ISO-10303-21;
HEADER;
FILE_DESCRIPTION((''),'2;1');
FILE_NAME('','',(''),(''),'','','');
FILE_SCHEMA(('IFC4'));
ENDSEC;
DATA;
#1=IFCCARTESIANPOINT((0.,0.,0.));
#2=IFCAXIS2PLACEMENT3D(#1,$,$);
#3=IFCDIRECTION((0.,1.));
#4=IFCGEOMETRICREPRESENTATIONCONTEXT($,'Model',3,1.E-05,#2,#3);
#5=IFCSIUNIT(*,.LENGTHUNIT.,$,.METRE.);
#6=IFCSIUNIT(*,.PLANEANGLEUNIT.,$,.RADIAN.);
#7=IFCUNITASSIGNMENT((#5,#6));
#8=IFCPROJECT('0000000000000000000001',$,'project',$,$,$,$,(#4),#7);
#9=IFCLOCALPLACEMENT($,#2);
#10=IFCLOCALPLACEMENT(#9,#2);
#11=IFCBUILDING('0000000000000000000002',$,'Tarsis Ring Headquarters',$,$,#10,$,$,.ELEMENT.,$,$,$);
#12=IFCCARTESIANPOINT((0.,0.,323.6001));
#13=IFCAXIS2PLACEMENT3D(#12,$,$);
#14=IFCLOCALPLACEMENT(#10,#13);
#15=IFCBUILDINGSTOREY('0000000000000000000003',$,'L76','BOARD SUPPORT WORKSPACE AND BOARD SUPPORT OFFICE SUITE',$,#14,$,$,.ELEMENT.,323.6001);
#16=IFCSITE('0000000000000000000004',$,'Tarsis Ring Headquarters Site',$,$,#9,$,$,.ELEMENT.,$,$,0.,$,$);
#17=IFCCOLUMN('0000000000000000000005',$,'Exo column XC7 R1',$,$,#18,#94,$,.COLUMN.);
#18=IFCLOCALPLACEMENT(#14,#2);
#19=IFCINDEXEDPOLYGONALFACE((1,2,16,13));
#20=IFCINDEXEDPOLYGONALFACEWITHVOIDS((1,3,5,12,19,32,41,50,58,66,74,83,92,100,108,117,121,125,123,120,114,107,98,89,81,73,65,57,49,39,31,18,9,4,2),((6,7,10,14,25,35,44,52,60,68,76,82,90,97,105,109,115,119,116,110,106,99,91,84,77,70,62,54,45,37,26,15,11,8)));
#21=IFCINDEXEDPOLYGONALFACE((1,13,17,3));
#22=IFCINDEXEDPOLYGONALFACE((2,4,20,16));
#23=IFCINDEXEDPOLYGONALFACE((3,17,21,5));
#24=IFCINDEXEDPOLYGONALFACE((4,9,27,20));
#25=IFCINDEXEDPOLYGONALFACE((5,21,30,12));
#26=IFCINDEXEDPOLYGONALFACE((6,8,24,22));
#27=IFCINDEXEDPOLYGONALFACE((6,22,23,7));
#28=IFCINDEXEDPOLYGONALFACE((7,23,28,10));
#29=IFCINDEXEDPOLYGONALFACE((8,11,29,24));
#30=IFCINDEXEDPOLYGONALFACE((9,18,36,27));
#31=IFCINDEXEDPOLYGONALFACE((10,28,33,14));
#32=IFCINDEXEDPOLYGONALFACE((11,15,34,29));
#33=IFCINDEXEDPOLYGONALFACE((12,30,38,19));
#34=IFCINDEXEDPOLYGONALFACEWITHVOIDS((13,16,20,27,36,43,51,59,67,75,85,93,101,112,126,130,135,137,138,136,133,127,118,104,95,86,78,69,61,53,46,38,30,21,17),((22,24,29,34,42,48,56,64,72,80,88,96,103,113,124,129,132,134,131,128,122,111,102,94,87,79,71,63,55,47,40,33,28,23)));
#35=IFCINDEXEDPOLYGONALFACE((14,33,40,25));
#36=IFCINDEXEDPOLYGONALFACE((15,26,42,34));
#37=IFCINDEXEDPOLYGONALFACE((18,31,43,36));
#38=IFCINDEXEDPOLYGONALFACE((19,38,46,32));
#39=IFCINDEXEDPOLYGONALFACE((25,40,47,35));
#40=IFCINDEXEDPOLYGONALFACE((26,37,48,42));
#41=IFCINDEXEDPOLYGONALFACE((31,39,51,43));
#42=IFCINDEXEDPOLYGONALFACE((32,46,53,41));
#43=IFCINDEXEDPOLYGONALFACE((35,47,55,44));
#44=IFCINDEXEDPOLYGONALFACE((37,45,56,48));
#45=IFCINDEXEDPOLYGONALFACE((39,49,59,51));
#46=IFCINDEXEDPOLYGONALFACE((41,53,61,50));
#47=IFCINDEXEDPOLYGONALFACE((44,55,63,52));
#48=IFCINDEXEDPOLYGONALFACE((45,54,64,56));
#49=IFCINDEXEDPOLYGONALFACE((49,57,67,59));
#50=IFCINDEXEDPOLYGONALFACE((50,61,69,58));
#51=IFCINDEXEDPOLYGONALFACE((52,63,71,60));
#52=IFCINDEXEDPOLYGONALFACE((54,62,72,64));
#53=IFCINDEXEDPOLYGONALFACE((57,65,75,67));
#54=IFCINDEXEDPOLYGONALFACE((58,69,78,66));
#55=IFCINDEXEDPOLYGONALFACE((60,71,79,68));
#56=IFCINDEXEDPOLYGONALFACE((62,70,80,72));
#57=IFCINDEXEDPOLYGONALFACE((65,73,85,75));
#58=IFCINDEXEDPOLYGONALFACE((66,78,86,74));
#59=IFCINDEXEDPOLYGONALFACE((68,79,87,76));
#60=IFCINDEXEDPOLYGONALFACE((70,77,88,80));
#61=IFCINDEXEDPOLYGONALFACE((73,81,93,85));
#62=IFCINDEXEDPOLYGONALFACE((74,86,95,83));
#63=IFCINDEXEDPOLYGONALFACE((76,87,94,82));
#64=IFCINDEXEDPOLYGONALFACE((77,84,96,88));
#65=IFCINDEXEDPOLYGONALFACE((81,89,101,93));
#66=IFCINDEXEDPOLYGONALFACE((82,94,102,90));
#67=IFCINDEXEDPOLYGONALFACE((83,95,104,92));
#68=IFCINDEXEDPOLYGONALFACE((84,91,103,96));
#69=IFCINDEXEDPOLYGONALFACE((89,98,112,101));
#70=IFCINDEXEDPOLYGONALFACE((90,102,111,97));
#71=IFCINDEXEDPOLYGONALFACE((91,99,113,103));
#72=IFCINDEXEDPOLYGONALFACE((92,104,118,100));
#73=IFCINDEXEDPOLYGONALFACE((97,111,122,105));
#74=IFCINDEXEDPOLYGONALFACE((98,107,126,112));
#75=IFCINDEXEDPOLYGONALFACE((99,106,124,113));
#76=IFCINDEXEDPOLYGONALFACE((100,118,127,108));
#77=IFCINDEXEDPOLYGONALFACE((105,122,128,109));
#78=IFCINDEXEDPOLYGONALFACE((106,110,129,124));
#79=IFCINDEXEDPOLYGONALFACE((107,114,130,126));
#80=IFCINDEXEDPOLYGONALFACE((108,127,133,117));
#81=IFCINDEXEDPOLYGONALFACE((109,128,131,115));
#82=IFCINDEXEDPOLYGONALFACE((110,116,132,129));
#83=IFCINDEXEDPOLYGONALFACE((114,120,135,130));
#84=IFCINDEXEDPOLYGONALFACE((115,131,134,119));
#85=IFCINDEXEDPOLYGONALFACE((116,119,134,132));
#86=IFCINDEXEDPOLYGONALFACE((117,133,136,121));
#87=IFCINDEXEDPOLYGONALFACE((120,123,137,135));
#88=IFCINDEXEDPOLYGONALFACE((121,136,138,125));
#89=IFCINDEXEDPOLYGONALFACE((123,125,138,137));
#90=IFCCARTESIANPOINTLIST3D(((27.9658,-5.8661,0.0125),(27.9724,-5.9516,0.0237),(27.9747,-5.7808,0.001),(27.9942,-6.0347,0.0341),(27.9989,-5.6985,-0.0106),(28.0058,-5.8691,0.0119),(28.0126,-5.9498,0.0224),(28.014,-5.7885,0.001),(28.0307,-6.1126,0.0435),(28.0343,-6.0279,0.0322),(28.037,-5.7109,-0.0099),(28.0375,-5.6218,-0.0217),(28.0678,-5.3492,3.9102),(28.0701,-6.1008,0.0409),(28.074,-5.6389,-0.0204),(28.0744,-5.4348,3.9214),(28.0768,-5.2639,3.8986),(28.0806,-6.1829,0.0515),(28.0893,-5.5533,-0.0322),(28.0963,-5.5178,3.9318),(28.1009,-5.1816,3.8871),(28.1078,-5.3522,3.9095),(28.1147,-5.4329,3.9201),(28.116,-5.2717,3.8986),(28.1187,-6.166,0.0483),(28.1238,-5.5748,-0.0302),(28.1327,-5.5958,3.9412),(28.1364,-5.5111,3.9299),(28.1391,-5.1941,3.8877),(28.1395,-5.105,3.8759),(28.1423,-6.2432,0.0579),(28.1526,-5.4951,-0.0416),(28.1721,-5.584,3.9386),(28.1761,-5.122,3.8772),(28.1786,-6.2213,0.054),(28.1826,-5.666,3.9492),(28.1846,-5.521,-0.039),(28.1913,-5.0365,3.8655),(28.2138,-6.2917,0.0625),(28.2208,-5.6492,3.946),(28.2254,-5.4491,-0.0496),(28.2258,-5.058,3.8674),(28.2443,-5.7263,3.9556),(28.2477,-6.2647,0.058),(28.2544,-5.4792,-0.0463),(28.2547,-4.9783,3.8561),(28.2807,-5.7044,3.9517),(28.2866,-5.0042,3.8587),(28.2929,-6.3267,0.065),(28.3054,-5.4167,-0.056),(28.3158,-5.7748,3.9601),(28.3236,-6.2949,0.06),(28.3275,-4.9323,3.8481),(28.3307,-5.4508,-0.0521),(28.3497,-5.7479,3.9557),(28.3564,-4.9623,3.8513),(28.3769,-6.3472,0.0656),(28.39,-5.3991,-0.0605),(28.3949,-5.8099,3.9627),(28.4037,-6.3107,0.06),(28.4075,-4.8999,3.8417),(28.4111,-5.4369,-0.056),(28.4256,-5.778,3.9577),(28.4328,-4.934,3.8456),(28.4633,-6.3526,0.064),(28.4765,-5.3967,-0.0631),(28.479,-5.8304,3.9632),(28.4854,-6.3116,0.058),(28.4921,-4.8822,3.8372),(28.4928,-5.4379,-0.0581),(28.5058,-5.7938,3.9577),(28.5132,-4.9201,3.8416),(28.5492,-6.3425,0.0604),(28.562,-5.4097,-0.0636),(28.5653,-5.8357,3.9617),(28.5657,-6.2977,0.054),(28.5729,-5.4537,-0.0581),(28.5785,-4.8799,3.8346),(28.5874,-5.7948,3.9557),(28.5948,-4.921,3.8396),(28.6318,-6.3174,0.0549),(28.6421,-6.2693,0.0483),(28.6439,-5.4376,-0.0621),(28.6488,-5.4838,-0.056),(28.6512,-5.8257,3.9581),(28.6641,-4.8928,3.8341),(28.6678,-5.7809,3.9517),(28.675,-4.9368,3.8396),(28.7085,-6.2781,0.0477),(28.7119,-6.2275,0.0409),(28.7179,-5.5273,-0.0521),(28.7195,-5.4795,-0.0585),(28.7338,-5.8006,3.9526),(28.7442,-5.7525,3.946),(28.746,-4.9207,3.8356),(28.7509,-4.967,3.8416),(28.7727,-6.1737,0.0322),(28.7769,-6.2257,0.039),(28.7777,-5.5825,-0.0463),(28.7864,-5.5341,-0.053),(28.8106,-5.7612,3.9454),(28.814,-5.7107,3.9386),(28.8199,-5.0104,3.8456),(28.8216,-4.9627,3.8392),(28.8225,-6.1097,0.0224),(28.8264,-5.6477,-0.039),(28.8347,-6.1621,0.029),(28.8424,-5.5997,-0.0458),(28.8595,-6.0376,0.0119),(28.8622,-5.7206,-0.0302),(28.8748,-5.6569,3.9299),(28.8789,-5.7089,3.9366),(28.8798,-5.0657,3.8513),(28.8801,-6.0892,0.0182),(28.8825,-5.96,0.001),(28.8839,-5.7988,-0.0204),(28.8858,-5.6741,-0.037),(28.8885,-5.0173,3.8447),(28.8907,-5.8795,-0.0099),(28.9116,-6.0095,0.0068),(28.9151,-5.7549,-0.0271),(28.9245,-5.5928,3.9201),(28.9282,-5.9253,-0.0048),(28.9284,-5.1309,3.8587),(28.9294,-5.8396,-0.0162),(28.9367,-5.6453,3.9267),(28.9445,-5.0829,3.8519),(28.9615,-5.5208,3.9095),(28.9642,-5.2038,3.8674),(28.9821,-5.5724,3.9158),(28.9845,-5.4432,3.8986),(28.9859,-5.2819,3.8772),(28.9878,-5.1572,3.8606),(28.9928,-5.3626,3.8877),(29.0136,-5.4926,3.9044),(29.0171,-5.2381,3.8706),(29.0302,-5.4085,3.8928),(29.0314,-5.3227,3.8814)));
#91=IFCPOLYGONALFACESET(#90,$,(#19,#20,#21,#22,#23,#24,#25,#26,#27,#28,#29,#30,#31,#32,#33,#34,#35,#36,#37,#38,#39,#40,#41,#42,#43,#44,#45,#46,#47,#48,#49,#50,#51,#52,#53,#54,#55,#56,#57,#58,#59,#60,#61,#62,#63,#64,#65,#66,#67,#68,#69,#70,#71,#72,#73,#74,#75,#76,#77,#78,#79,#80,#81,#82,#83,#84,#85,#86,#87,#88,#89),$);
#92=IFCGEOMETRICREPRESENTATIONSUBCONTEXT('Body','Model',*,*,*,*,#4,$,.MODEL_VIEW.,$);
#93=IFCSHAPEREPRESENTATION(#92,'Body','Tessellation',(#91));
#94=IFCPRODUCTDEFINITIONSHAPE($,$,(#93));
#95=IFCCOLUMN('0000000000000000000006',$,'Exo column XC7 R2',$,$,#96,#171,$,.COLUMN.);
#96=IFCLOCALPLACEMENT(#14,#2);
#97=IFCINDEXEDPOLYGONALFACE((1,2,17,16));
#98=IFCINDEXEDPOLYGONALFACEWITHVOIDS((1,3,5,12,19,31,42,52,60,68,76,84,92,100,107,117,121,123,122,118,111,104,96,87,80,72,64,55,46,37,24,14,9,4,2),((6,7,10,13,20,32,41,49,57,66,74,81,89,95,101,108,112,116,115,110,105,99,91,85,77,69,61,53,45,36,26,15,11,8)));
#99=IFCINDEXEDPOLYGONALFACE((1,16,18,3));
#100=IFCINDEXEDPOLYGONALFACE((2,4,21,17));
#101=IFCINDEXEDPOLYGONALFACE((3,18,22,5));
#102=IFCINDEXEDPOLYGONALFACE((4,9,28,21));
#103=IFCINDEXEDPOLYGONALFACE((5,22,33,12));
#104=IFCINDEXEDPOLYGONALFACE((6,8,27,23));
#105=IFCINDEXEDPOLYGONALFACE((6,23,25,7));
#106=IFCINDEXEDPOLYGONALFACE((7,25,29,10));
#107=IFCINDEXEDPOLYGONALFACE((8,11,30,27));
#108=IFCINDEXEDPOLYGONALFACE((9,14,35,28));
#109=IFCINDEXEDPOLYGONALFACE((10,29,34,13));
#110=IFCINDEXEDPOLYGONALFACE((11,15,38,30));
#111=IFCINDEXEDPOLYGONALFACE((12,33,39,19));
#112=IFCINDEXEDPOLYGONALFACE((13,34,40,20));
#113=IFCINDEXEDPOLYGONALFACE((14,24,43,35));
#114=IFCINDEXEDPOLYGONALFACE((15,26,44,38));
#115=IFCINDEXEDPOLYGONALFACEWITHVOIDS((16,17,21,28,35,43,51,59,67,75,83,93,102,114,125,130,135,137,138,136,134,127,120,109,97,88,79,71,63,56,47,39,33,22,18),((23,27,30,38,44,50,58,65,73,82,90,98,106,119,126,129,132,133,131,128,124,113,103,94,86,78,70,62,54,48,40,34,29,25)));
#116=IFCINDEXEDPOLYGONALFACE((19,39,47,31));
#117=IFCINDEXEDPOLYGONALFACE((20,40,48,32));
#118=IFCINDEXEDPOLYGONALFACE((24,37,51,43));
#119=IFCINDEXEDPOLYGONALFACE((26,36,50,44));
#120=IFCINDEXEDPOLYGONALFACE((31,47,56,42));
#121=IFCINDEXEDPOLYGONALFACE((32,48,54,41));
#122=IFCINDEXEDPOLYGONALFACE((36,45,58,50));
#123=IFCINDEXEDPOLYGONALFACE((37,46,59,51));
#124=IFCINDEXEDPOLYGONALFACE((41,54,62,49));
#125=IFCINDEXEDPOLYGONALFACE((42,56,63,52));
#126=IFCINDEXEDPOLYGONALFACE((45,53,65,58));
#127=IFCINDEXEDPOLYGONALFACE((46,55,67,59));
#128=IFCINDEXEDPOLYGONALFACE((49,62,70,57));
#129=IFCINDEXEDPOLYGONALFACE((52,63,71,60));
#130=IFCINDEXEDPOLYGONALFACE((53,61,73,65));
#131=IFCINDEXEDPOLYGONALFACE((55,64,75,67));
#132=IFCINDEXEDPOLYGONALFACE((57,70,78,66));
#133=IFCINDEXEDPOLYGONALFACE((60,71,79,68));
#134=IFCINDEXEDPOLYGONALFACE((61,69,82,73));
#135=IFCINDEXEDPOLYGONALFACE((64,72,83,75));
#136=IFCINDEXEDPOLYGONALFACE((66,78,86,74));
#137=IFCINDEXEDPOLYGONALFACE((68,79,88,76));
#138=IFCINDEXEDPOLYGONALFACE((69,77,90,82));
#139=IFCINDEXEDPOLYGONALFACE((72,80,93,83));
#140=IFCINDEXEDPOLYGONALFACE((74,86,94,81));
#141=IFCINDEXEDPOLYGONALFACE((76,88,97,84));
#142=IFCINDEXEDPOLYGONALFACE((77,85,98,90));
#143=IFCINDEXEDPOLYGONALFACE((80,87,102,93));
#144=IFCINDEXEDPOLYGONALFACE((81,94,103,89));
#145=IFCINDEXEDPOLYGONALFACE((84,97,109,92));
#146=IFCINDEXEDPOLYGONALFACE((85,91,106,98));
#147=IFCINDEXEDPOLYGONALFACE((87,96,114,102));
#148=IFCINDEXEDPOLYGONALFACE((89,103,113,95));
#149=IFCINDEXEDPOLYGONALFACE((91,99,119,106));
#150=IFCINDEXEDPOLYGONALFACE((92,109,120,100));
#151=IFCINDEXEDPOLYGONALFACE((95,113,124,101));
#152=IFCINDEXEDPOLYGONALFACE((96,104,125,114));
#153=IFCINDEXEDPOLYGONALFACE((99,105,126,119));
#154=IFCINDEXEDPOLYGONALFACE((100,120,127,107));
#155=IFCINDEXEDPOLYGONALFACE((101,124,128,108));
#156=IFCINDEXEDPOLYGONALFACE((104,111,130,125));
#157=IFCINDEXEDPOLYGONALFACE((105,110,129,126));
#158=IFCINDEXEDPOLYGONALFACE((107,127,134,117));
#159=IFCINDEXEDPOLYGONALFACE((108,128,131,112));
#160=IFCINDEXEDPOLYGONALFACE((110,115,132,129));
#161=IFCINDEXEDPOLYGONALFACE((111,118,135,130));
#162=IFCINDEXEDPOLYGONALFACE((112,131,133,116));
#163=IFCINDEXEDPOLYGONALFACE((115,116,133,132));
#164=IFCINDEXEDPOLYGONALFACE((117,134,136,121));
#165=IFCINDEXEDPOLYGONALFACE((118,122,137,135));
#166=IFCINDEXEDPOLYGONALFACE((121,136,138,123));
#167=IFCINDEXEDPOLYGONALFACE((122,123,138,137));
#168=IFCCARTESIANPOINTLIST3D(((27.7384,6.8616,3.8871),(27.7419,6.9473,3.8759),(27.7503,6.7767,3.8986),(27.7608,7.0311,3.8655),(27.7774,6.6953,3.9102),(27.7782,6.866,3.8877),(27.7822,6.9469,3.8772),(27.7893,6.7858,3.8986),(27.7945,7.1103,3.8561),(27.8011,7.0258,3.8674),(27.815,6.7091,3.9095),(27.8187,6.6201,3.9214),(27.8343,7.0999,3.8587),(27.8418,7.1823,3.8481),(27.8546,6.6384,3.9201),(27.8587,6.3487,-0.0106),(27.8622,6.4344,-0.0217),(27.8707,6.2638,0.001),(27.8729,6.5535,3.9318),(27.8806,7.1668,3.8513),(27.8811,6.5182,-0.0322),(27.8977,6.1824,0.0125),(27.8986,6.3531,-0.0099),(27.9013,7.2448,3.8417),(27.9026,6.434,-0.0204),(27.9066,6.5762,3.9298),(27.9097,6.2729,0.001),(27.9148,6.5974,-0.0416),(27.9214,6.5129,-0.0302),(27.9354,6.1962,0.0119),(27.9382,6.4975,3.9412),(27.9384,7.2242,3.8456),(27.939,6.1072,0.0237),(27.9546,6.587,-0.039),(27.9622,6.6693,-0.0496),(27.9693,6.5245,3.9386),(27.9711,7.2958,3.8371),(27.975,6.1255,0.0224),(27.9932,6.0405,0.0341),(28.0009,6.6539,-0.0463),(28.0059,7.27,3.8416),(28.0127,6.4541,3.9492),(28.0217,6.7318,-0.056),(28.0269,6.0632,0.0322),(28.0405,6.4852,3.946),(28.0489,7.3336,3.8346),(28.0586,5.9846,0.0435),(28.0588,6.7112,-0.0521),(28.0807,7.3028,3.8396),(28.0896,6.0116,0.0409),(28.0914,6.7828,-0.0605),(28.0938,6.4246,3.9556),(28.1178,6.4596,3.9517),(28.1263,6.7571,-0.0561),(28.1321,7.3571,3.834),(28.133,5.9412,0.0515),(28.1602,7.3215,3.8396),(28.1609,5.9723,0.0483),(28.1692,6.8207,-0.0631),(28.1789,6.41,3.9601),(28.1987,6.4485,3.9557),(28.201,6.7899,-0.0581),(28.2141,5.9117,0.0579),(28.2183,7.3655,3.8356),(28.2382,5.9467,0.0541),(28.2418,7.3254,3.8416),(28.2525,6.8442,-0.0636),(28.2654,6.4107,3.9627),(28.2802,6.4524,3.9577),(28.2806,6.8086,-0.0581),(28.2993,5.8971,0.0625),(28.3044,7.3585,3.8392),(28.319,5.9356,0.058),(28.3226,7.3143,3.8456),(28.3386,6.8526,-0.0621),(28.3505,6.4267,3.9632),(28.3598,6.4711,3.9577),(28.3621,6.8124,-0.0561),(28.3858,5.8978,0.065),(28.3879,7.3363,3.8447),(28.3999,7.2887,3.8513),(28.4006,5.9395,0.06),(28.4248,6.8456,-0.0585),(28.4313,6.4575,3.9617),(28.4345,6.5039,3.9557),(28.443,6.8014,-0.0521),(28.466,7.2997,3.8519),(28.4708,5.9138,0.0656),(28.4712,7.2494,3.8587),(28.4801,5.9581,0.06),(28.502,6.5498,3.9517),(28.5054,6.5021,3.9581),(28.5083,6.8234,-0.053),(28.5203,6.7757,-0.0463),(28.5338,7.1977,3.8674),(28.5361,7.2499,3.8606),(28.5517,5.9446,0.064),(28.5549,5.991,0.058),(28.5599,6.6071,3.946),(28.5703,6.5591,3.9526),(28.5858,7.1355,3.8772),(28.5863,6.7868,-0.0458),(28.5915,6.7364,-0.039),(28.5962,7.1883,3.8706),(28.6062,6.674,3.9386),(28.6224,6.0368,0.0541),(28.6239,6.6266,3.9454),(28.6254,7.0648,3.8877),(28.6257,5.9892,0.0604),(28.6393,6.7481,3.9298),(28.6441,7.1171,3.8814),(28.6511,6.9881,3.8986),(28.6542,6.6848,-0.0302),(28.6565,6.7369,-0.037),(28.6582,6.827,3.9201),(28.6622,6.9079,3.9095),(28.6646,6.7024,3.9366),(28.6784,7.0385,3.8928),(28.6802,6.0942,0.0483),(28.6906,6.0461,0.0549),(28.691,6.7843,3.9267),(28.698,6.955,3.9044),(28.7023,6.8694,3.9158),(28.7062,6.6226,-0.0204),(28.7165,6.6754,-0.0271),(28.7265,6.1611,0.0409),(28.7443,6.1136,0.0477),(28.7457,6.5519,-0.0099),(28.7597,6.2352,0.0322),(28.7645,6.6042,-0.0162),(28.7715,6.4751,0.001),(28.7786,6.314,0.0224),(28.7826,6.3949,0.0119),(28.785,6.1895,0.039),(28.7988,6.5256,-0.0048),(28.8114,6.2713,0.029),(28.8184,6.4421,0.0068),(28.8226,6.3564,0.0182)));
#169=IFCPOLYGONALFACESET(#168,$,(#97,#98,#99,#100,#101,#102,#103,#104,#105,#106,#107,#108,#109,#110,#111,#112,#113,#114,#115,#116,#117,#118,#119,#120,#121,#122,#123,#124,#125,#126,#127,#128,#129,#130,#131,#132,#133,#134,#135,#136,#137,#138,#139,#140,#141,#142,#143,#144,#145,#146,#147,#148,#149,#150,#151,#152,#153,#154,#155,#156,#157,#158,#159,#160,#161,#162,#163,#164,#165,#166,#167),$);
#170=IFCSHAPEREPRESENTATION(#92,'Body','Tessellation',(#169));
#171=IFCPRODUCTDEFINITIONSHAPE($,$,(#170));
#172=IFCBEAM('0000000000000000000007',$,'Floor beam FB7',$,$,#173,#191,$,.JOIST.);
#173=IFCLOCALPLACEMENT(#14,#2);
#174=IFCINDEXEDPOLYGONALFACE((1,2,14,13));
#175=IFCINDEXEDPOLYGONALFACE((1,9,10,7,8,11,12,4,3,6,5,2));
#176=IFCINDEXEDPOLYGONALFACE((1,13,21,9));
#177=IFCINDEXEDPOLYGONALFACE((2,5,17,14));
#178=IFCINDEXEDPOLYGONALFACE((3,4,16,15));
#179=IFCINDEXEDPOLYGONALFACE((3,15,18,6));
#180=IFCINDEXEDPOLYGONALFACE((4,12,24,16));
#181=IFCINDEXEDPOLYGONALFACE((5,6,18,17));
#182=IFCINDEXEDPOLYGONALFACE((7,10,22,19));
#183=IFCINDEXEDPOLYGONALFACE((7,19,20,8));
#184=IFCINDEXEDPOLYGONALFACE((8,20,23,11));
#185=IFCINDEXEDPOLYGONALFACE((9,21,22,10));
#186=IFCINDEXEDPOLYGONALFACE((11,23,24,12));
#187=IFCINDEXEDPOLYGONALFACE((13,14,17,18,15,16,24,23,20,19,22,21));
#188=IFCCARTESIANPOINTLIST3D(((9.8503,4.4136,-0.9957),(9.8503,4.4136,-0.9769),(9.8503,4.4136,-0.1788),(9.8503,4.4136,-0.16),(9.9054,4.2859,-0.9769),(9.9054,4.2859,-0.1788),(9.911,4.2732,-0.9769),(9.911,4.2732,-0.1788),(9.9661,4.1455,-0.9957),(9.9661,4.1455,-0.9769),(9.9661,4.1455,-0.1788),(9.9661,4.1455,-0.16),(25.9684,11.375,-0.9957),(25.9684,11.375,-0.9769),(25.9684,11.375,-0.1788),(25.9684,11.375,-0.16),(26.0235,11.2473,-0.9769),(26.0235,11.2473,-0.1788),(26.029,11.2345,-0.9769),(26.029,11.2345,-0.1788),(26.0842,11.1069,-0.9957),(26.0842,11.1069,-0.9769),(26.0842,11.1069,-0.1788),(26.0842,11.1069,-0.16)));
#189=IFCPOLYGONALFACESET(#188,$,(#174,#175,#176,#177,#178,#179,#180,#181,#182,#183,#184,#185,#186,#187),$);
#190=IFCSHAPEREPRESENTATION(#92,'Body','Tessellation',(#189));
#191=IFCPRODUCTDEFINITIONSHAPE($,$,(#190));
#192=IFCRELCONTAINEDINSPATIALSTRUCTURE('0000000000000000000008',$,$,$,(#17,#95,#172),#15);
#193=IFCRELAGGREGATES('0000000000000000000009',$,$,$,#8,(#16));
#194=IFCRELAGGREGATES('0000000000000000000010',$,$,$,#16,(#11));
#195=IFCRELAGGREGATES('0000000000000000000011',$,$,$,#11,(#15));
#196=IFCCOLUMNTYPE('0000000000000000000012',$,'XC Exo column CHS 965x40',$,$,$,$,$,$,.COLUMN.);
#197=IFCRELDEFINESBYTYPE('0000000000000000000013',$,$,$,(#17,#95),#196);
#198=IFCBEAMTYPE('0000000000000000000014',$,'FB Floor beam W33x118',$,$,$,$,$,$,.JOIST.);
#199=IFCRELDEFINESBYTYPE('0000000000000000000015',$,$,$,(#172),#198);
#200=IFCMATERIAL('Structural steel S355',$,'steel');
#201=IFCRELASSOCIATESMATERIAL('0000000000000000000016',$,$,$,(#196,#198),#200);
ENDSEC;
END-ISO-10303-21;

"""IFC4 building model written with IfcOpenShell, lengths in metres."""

from ifc_helpers import new_model, si_unit, direction, frame, origin, origin_2d, place, context, subcontext, project, spatial, hollow_circle, i_section, extrude, material, material_profile, profile_set, type_object, element, save


model = new_model("IFC4")

# Units and contexts
model_context = context("Model", 3, precision=1e-05, world=origin(), true_north=direction((0.0, 1.0)))
body_context = subcontext(model_context, "Body", "Model", "MODEL_VIEW")
ifc_project = project(units=[si_unit("LENGTHUNIT", "METRE"), si_unit("PLANEANGLEUNIT", "RADIAN")], contexts=[model_context])

# Site, building, storey
site_placement = place(None, origin())
site = spatial("IfcSite", under=ifc_project, at=site_placement, Name="Tarsis Ring Headquarters Site", CompositionType="ELEMENT", RefElevation=0.0)
building_placement = place(site_placement, origin())
building = spatial("IfcBuilding", under=site, at=building_placement, Name="Tarsis Ring Headquarters", CompositionType="ELEMENT")
storey_placement = place(building_placement, frame((0.0, 0.0, 323.6001)))
storey = spatial("IfcBuildingStorey", under=building, at=storey_placement, Name="L76", Description="BOARD SUPPORT WORKSPACE AND BOARD SUPPORT OFFICE SUITE", CompositionType="ELEMENT", Elevation=323.6001)

# Columns
ifc_material_1 = material(Name="Structural steel S355", Category="steel")
ifc_material_profile_1 = material_profile(ifc_material_1, hollow_circle(Radius=0.4827, WallThickness=0.04, at=origin_2d()), Name="CHS 965x40")
ifc_profile_set_1 = profile_set([ifc_material_profile_1], Name="Structural steel S355")
column_type = type_object("IfcColumnType", Name="XC Exo column CHS 965x40", PredefinedType="COLUMN", material=ifc_profile_set_1)
for number, where, z_axis, x_axis, name in (
    (1, (28.4482, -5.8743, 0.001), (0.025946, 0.131408, 0.990989), (-0.981059, 0.193709, 0.0), "Exo column XC7 R1"),
    (2, (28.3406, 6.374, 0.001), (-0.030602, 0.130414, 0.990987), (-0.973557, -0.228445, 0.0), "Exo column XC7 R2"),
):
    element("IfcColumn", number, at=place(storey_placement, frame(where, z_axis=z_axis, x_axis=x_axis)), inside=storey, type_object=column_type, Name=name, PredefinedType="COLUMN", context=body_context, shape_type="SweptSolid", body=[
        extrude(hollow_circle(Radius=0.4827, WallThickness=0.04, at=origin_2d()), origin(), (0.0, 0.0, 1.0), 3.9331),
    ])

# Beam
ifc_material_profile_2 = material_profile(ifc_material_1, i_section(OverallWidth=0.292, OverallDepth=0.8357, WebThickness=0.0139, FlangeThickness=0.0188, at=origin_2d()), Name="W33x118")
ifc_profile_set_2 = profile_set([ifc_material_profile_2], Name="Structural steel S355")
beam_type_1 = type_object("IfcBeamType", Name="FB Floor beam W33x118", PredefinedType="JOIST", material=ifc_profile_set_2)
beam_1_placement = place(storey_placement, frame((9.9082, 4.2795, -0.5779), z_axis=(0.918035, 0.396499, 0.0), x_axis=(-0.396499, 0.918035, 0.0)))
element("IfcBeam", 3, at=beam_1_placement, inside=storey, type_object=beam_type_1, Name="Floor beam FB7", PredefinedType="JOIST", context=body_context, shape_type="SweptSolid", body=[
    extrude(i_section(OverallWidth=0.292, OverallDepth=0.8357, WebThickness=0.0139, FlangeThickness=0.0188, at=origin_2d()), origin(), (0.0, 0.0, 1.0), 17.5571),
])

save(model, "model.ifc")
